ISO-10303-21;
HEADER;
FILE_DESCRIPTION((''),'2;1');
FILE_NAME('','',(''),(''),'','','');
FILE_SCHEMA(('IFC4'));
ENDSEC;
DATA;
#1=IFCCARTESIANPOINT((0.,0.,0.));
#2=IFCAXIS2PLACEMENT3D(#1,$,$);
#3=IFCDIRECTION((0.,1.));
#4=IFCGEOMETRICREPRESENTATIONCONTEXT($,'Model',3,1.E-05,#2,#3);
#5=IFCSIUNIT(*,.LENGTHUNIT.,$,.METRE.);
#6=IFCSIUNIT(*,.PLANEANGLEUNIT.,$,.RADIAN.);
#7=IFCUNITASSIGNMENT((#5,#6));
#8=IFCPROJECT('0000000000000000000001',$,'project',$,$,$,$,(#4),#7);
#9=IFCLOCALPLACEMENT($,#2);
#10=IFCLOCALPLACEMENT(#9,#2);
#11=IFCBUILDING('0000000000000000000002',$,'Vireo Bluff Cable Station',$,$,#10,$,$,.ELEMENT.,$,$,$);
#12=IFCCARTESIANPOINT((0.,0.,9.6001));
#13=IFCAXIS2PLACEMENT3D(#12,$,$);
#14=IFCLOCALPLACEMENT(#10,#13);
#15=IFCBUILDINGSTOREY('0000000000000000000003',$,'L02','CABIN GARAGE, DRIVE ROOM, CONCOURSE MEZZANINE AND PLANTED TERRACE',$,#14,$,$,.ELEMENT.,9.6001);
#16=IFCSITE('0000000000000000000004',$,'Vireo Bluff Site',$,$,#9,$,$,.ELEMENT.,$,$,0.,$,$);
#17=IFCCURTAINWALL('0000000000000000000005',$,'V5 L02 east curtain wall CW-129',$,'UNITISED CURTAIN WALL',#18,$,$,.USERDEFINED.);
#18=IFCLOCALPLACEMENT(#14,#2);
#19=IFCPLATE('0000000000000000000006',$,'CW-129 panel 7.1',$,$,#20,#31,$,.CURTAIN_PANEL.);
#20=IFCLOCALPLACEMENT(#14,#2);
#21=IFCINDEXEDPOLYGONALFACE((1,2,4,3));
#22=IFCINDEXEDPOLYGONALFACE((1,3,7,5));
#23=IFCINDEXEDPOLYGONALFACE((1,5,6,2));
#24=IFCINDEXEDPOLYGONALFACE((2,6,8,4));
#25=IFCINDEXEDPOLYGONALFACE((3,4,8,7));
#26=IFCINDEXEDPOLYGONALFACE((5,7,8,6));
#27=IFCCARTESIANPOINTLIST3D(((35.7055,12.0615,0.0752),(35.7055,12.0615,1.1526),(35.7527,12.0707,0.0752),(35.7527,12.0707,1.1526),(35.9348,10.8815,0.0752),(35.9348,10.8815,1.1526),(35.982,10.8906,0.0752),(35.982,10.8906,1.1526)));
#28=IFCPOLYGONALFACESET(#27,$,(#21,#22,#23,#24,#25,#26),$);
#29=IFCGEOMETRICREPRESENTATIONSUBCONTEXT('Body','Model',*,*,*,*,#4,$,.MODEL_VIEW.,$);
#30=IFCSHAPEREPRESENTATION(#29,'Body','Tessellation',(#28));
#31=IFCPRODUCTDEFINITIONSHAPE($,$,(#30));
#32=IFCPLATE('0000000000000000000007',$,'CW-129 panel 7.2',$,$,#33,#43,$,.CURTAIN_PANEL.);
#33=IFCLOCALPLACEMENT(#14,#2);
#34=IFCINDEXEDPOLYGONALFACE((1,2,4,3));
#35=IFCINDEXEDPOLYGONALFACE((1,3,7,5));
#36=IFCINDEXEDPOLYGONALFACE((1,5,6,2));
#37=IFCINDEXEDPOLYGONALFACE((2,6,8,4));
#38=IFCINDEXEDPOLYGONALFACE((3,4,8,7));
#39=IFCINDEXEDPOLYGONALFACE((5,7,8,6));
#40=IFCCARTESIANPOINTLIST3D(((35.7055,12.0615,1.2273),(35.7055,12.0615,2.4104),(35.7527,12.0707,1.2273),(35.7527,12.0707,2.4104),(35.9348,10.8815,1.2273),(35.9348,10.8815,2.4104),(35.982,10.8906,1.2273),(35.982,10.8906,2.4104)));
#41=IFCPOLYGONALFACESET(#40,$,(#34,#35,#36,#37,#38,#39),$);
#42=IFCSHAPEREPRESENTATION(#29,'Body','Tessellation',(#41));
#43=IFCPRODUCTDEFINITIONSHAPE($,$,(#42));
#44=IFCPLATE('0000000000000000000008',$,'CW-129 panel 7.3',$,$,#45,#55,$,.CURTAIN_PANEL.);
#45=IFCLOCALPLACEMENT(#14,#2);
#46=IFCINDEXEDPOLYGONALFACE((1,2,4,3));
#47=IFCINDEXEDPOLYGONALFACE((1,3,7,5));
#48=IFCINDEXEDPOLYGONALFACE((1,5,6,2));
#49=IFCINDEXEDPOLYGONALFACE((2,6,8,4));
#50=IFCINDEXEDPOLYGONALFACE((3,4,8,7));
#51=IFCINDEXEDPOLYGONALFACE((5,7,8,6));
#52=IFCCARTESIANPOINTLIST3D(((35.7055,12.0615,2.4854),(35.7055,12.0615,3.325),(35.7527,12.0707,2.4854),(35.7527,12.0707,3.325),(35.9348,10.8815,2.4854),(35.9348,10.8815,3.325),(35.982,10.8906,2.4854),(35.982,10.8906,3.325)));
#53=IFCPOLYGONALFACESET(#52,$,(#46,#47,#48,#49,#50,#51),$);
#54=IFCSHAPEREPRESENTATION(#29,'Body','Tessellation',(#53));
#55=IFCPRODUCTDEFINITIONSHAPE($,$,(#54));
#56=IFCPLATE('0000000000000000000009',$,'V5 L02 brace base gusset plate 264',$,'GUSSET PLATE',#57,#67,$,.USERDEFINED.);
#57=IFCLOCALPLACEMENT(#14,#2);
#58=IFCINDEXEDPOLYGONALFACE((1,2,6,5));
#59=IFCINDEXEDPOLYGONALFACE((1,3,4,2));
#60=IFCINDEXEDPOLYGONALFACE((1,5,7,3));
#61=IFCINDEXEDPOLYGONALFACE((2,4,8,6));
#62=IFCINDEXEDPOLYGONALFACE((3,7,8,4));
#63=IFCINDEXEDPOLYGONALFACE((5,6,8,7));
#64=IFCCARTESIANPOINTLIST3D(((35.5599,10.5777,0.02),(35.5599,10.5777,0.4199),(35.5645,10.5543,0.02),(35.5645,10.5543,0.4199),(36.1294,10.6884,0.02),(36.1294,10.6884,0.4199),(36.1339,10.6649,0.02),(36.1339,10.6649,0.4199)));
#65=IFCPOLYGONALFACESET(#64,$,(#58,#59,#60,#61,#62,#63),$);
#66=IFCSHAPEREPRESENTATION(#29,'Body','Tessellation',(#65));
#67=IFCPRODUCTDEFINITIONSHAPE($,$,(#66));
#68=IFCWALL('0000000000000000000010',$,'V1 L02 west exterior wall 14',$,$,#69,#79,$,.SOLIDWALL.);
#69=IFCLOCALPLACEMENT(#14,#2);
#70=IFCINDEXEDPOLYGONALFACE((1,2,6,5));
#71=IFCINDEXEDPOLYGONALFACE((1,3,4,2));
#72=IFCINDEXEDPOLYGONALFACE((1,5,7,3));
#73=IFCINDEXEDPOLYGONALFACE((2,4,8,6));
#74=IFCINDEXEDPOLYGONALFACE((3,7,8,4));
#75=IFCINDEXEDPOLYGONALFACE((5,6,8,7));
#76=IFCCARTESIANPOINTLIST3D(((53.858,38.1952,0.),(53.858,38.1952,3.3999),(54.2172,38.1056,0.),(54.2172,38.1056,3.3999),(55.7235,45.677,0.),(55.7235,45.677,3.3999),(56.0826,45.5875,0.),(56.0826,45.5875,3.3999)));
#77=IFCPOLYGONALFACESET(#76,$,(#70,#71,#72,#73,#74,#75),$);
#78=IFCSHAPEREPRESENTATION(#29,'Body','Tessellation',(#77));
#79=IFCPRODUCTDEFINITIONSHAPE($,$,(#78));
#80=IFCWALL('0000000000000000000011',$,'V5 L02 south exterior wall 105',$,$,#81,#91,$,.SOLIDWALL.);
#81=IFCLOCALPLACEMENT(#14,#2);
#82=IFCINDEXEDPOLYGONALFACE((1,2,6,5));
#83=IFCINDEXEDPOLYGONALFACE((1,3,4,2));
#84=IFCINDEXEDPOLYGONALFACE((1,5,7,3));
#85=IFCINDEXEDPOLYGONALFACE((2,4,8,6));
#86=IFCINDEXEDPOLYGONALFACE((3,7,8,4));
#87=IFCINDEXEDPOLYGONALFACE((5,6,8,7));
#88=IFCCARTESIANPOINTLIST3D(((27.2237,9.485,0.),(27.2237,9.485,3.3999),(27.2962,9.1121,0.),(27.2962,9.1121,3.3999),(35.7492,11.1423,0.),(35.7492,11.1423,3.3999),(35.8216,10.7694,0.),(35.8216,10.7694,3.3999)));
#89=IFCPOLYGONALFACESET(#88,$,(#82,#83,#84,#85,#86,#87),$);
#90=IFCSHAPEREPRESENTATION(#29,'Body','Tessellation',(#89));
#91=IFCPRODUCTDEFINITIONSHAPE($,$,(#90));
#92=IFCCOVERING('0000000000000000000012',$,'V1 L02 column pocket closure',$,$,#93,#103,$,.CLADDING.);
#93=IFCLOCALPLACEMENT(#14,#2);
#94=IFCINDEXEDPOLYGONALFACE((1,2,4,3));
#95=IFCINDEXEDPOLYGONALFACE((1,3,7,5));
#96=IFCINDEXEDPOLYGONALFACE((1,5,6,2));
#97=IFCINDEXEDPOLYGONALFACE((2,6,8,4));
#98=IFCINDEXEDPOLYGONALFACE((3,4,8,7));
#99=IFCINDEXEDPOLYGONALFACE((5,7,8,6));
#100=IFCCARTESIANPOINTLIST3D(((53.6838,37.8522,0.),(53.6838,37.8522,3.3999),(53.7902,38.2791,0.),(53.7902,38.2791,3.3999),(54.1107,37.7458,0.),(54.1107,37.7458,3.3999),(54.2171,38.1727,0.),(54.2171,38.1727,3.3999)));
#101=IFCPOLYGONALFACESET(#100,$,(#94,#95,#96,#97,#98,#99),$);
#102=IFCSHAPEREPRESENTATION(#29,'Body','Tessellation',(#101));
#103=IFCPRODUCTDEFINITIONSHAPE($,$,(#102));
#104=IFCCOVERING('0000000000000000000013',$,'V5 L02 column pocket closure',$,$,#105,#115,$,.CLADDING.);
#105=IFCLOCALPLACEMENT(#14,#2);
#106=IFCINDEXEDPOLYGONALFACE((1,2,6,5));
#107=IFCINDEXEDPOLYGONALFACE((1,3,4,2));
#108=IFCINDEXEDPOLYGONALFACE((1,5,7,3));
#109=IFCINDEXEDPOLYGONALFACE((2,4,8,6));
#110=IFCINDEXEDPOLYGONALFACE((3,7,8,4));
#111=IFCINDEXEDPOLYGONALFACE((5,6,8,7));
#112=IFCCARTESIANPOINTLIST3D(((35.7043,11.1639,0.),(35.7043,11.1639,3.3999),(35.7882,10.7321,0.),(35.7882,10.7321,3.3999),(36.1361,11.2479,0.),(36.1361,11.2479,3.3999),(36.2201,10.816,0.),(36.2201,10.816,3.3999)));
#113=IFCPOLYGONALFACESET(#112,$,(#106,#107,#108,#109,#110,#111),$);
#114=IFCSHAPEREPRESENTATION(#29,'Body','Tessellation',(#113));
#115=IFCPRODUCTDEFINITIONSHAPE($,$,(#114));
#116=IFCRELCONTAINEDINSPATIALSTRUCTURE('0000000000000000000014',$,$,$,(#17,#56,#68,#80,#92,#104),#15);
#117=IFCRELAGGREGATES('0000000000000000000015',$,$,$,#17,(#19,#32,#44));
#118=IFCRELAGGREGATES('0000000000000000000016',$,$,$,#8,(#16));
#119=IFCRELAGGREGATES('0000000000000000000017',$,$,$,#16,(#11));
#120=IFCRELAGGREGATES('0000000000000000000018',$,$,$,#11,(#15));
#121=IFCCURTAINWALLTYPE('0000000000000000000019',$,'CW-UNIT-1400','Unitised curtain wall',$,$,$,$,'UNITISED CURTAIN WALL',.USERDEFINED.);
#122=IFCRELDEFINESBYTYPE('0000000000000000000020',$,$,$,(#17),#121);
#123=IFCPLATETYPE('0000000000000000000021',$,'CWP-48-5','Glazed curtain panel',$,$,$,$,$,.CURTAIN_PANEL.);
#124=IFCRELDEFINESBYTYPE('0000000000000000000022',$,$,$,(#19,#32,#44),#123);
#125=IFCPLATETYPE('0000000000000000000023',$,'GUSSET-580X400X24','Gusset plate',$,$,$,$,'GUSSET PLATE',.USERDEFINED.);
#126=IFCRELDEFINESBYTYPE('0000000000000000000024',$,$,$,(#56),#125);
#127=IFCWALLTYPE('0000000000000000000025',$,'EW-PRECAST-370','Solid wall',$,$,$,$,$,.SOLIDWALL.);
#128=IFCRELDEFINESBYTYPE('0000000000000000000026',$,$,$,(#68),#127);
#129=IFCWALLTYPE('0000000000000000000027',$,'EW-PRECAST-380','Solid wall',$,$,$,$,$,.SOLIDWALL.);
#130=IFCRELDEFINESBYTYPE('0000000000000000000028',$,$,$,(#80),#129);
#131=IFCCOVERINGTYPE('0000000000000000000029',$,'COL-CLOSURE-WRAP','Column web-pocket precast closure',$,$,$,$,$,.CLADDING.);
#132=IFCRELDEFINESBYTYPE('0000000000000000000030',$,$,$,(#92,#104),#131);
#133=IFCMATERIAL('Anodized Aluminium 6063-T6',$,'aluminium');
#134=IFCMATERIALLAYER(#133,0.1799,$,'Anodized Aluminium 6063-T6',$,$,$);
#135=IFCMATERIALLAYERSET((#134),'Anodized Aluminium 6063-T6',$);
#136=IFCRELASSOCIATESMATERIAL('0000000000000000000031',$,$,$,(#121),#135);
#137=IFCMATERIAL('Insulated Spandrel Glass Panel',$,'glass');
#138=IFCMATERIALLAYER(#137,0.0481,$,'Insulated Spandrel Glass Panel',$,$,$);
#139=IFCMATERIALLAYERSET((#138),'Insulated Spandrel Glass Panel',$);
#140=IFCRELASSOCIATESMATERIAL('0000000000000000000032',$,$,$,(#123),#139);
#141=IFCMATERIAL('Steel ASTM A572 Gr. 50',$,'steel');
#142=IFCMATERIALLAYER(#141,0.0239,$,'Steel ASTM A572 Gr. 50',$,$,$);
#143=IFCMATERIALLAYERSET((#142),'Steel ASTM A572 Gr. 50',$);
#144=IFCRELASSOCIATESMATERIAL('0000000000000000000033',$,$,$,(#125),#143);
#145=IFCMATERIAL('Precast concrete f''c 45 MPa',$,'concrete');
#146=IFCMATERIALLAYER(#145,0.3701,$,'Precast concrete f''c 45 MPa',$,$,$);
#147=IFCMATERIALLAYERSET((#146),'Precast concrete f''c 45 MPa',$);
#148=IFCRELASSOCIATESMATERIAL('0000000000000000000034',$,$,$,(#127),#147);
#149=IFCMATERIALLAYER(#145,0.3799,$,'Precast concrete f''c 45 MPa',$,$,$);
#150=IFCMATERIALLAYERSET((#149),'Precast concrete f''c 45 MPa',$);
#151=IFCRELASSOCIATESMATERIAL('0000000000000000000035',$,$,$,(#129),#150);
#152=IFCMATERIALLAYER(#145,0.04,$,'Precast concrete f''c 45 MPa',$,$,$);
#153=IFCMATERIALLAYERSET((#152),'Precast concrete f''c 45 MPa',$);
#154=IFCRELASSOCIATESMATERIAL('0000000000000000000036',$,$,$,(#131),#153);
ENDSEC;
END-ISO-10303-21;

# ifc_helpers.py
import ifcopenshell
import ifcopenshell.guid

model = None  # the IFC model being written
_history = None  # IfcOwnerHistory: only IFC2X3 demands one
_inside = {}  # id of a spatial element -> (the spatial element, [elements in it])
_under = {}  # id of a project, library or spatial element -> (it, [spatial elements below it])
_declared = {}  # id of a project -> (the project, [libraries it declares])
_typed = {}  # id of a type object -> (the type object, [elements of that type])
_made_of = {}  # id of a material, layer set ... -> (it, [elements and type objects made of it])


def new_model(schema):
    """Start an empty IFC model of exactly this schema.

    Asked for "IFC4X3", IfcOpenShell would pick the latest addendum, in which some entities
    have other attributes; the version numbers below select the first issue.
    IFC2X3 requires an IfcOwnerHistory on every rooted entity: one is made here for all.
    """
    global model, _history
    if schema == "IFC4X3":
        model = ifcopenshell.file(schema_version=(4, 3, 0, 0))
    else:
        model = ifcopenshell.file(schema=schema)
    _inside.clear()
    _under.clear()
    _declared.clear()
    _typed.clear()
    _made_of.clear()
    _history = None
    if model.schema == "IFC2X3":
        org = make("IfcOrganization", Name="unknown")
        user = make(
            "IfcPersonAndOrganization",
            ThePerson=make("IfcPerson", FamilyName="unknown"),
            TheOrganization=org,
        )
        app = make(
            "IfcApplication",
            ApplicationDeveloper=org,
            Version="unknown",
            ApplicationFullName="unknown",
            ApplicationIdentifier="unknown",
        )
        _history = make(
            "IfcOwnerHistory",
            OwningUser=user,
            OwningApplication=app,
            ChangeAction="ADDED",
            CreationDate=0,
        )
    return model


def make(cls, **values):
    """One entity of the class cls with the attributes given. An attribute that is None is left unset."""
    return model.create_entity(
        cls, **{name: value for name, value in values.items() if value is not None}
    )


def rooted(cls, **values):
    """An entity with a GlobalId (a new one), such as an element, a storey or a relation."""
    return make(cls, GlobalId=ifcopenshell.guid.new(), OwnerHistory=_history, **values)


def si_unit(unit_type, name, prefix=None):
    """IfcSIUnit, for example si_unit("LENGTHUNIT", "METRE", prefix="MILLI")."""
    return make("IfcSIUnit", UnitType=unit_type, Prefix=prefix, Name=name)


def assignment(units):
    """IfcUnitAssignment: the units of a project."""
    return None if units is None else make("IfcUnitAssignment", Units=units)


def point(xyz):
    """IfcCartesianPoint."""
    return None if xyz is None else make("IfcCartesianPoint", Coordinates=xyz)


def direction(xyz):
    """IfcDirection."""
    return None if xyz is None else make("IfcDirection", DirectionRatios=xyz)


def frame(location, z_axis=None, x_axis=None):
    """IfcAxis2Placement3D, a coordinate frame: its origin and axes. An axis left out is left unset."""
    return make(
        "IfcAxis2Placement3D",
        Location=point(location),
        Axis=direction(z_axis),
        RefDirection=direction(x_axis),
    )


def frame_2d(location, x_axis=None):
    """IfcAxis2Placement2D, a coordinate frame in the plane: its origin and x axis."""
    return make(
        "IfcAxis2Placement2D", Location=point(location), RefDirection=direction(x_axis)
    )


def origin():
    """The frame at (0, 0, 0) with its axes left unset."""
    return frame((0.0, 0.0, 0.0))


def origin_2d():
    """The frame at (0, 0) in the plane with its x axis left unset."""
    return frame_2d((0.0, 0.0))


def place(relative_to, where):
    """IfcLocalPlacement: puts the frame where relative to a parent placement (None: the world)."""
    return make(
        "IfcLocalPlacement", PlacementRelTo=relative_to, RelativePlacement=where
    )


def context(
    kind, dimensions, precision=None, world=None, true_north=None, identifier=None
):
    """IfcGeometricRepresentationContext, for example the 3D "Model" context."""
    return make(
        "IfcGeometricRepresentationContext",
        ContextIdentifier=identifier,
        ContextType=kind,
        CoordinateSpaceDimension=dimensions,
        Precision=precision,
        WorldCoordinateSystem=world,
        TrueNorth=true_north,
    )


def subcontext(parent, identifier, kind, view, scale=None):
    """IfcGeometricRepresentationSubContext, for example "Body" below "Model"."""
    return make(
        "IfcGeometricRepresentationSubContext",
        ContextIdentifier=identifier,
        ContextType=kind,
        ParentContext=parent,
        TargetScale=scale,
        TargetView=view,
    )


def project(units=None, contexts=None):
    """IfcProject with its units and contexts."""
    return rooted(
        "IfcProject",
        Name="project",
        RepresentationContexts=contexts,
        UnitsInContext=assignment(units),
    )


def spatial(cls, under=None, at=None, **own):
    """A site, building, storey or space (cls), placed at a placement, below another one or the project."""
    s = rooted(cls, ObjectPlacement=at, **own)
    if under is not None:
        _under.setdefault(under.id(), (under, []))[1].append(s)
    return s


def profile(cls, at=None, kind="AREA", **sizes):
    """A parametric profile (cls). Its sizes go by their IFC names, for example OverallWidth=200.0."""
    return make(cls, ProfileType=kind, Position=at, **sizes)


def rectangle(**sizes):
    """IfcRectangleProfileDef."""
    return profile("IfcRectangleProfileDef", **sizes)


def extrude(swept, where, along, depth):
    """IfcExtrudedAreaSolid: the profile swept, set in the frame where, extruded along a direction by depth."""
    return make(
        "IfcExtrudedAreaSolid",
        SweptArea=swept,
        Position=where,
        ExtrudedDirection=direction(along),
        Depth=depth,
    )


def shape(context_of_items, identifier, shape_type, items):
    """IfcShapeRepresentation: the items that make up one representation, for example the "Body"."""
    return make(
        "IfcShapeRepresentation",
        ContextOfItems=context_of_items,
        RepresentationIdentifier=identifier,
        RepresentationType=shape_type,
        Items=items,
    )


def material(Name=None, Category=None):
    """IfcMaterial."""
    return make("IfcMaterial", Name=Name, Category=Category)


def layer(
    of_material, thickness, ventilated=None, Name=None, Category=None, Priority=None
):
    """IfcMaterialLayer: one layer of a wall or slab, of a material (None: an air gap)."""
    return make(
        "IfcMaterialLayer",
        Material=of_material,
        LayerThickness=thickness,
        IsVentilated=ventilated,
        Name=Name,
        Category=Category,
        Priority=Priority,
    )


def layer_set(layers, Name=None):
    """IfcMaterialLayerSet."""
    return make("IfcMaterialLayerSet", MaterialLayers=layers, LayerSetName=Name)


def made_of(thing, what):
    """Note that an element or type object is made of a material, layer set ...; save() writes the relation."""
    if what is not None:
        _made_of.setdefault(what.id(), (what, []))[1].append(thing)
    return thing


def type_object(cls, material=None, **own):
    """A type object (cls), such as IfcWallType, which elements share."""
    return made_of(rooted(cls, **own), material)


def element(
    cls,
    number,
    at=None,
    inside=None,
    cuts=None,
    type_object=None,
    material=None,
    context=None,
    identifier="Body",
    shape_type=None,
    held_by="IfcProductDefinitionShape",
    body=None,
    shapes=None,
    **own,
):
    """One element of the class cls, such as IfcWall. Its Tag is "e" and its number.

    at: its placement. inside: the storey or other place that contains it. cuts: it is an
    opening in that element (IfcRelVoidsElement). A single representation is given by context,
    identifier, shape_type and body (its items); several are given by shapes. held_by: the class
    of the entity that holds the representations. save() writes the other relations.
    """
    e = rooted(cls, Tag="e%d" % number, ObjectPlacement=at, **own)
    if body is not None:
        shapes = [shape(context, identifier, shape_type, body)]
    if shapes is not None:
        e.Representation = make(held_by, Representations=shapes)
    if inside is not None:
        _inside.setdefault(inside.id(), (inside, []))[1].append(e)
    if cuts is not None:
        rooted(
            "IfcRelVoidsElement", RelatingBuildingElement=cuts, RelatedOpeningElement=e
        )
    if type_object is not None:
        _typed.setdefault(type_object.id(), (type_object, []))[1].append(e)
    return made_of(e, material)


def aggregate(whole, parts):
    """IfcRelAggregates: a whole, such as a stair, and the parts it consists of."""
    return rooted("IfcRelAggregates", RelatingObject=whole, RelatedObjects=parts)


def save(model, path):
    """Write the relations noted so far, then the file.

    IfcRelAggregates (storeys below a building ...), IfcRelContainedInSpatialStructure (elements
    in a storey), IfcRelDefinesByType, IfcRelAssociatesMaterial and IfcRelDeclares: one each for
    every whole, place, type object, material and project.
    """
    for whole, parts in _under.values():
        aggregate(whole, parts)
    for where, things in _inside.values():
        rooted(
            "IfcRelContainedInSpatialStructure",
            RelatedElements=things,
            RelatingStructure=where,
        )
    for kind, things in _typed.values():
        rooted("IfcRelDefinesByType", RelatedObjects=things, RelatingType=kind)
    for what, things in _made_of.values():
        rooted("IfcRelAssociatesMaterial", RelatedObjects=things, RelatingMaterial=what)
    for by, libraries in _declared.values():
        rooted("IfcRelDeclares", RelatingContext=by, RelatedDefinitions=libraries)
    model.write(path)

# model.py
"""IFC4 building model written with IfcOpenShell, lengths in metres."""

from ifc_helpers import new_model, si_unit, direction, frame, frame_2d, origin, origin_2d, place, context, subcontext, project, spatial, rectangle, extrude, material, layer, layer_set, type_object, element, aggregate, save


model = new_model("IFC4")

# Units and contexts
model_context = context("Model", 3, precision=1e-05, world=origin(), true_north=direction((0.0, 1.0)))
body_context = subcontext(model_context, "Body", "Model", "MODEL_VIEW")
ifc_project = project(units=[si_unit("LENGTHUNIT", "METRE"), si_unit("PLANEANGLEUNIT", "RADIAN")], contexts=[model_context])

# Site, building, storey
site_placement = place(None, origin())
site = spatial("IfcSite", under=ifc_project, at=site_placement, Name="Vireo Bluff Site", CompositionType="ELEMENT", RefElevation=0.0)
building_placement = place(site_placement, origin())
building = spatial("IfcBuilding", under=site, at=building_placement, Name="Vireo Bluff Cable Station", CompositionType="ELEMENT")
storey_placement = place(building_placement, frame((0.0, 0.0, 9.6001)))
storey = spatial("IfcBuildingStorey", under=building, at=storey_placement, Name="L02", Description="CABIN GARAGE, DRIVE ROOM, CONCOURSE MEZZANINE AND PLANTED TERRACE", CompositionType="ELEMENT", Elevation=9.6001)

# Curtain wall
ifc_material_1 = material(Name="Anodized Aluminium 6063-T6", Category="aluminium")
ifc_layer_1 = layer(ifc_material_1, 0.1799, Name="Anodized Aluminium 6063-T6")
ifc_layer_set_1 = layer_set([ifc_layer_1], Name="Anodized Aluminium 6063-T6")
curtain_wall_type = type_object("IfcCurtainWallType", Name="CW-UNIT-1400", Description="Unitised curtain wall", ElementType="UNITISED CURTAIN WALL", PredefinedType="USERDEFINED", material=ifc_layer_set_1)
curtain_wall_placement = place(storey_placement, origin())
curtain_wall = element("IfcCurtainWall", 1, at=curtain_wall_placement, inside=storey, type_object=curtain_wall_type, Name="V5 L02 east curtain wall CW-129", ObjectType="UNITISED CURTAIN WALL", PredefinedType="USERDEFINED")

# Plates
ifc_material_2 = material(Name="Insulated Spandrel Glass Panel", Category="glass")
ifc_layer_2 = layer(ifc_material_2, 0.0481, Name="Insulated Spandrel Glass Panel")
ifc_layer_set_2 = layer_set([ifc_layer_2], Name="Insulated Spandrel Glass Panel")
plate_type_1 = type_object("IfcPlateType", Name="CWP-48-5", Description="Glazed curtain panel", PredefinedType="CURTAIN_PANEL", material=ifc_layer_set_2)
plate_1_placement = place(storey_placement, frame((35.8438, 11.4761, 0.0752), z_axis=(0.0, 0.0, 1.0), x_axis=(0.190809, -0.981627, 0.0)))
plate_1 = element("IfcPlate", 2, at=plate_1_placement, type_object=plate_type_1, Name="CW-129 panel 7.1", PredefinedType="CURTAIN_PANEL", context=body_context, shape_type="SweptSolid", body=[
    extrude(rectangle(XDim=1.2021, YDim=0.0481, at=origin_2d()), origin(), (0.0, 0.0, 1.0), 1.0774),
])
plate_2_placement = place(storey_placement, frame((35.8438, 11.4761, 1.2273), z_axis=(0.0, 0.0, 1.0), x_axis=(0.190809, -0.981627, 0.0)))
plate_2 = element("IfcPlate", 3, at=plate_2_placement, type_object=plate_type_1, Name="CW-129 panel 7.2", PredefinedType="CURTAIN_PANEL", context=body_context, shape_type="SweptSolid", body=[
    extrude(rectangle(XDim=1.2021, YDim=0.0481, at=origin_2d()), origin(), (0.0, 0.0, 1.0), 1.1831),
])
plate_3_placement = place(storey_placement, frame((35.8438, 11.4761, 2.4854), z_axis=(0.0, 0.0, 1.0), x_axis=(0.190809, -0.981627, 0.0)))
plate_3 = element("IfcPlate", 4, at=plate_3_placement, type_object=plate_type_1, Name="CW-129 panel 7.3", PredefinedType="CURTAIN_PANEL", context=body_context, shape_type="SweptSolid", body=[
    extrude(rectangle(XDim=1.2021, YDim=0.0481, at=origin_2d()), origin(), (0.0, 0.0, 1.0), 0.8396),
])
aggregate(curtain_wall, [plate_1, plate_2, plate_3])
ifc_material_3 = material(Name="Steel ASTM A572 Gr. 50", Category="steel")
ifc_layer_3 = layer(ifc_material_3, 0.0239, Name="Steel ASTM A572 Gr. 50")
ifc_layer_set_3 = layer_set([ifc_layer_3], Name="Steel ASTM A572 Gr. 50")
plate_type_2 = type_object("IfcPlateType", Name="GUSSET-580X400X24", Description="Gusset plate", ElementType="GUSSET PLATE", PredefinedType="USERDEFINED", material=ifc_layer_set_3)
plate_4_placement = place(storey_placement, frame((35.8469, 10.6213, 0.02), z_axis=(0.0, 0.0, 1.0), x_axis=(0.981627, 0.190809, 0.0)))
element("IfcPlate", 5, at=plate_4_placement, inside=storey, type_object=plate_type_2, Name="V5 L02 brace base gusset plate 264", ObjectType="GUSSET PLATE", PredefinedType="USERDEFINED", context=body_context, shape_type="SweptSolid", body=[
    extrude(rectangle(XDim=0.5801, YDim=0.0239, at=origin_2d()), origin(), (0.0, 0.0, 1.0), 0.3999),
])

# Walls
ifc_material_4 = material(Name="Precast concrete f'c 45 MPa", Category="concrete")
ifc_layer_4 = layer(ifc_material_4, 0.3701, Name="Precast concrete f'c 45 MPa")
ifc_layer_set_4 = layer_set([ifc_layer_4], Name="Precast concrete f'c 45 MPa")
wall_type_1 = type_object("IfcWallType", Name="EW-PRECAST-370", Description="Solid wall", PredefinedType="SOLIDWALL", material=ifc_layer_set_4)
wall_1_placement = place(storey_placement, frame((54.0376, 38.1504, 0.0), z_axis=(0.0, 0.0, 1.0), x_axis=(0.241925, 0.970295, 0.0)))
element("IfcWall", 6, at=wall_1_placement, inside=storey, type_object=wall_type_1, Name="V1 L02 west exterior wall 14", PredefinedType="SOLIDWALL", context=body_context, shape_type="SweptSolid", body=[
    extrude(rectangle(XDim=7.7109, YDim=0.3701, at=frame_2d((3.8555, 0.0))), origin(), (0.0, 0.0, 1.0), 3.3999),
])
ifc_layer_5 = layer(ifc_material_4, 0.3799, Name="Precast concrete f'c 45 MPa")
ifc_layer_set_5 = layer_set([ifc_layer_5], Name="Precast concrete f'c 45 MPa")
wall_type_2 = type_object("IfcWallType", Name="EW-PRECAST-380", Description="Solid wall", PredefinedType="SOLIDWALL", material=ifc_layer_set_5)
wall_2_placement = place(storey_placement, frame((35.7854, 10.9558, 0.0), z_axis=(0.0, 0.0, 1.0), x_axis=(-0.981626, -0.190815, 0.0)))
element("IfcWall", 7, at=wall_2_placement, inside=storey, type_object=wall_type_2, Name="V5 L02 south exterior wall 105", PredefinedType="SOLIDWALL", context=body_context, shape_type="SweptSolid", body=[
    extrude(rectangle(XDim=8.6851, YDim=0.3799, at=frame_2d((4.3425, 0.0))), origin(), (0.0, 0.0, 1.0), 3.3999),
])

# Coverings
ifc_layer_6 = layer(ifc_material_4, 0.04, Name="Precast concrete f'c 45 MPa")
ifc_layer_set_6 = layer_set([ifc_layer_6], Name="Precast concrete f'c 45 MPa")
covering_type = type_object("IfcCoveringType", Name="COL-CLOSURE-WRAP", Description="Column web-pocket precast closure", PredefinedType="CLADDING", material=ifc_layer_set_6)
for number, where, z_axis, x_axis, name in (
    (8, (53.9504, 38.0125, 0.0), (0.0, 0.0, 1.0), (0.970296, -0.241922, 0.0), "V1 L02 column pocket closure"),
    (9, (35.9622, 10.99, 0.0), (0.0, 0.0, 1.0), (0.981627, 0.190809, 0.0), "V5 L02 column pocket closure"),
):
    element("IfcCovering", number, at=place(storey_placement, frame(where, z_axis=z_axis, x_axis=x_axis)), inside=storey, type_object=covering_type, Name=name, PredefinedType="CLADDING", context=body_context, shape_type="SweptSolid", body=[
        extrude(rectangle(XDim=0.4399, YDim=0.4399, at=origin_2d()), origin(), (0.0, 0.0, 1.0), 3.3999),
    ])

save(model, "model.ifc")
